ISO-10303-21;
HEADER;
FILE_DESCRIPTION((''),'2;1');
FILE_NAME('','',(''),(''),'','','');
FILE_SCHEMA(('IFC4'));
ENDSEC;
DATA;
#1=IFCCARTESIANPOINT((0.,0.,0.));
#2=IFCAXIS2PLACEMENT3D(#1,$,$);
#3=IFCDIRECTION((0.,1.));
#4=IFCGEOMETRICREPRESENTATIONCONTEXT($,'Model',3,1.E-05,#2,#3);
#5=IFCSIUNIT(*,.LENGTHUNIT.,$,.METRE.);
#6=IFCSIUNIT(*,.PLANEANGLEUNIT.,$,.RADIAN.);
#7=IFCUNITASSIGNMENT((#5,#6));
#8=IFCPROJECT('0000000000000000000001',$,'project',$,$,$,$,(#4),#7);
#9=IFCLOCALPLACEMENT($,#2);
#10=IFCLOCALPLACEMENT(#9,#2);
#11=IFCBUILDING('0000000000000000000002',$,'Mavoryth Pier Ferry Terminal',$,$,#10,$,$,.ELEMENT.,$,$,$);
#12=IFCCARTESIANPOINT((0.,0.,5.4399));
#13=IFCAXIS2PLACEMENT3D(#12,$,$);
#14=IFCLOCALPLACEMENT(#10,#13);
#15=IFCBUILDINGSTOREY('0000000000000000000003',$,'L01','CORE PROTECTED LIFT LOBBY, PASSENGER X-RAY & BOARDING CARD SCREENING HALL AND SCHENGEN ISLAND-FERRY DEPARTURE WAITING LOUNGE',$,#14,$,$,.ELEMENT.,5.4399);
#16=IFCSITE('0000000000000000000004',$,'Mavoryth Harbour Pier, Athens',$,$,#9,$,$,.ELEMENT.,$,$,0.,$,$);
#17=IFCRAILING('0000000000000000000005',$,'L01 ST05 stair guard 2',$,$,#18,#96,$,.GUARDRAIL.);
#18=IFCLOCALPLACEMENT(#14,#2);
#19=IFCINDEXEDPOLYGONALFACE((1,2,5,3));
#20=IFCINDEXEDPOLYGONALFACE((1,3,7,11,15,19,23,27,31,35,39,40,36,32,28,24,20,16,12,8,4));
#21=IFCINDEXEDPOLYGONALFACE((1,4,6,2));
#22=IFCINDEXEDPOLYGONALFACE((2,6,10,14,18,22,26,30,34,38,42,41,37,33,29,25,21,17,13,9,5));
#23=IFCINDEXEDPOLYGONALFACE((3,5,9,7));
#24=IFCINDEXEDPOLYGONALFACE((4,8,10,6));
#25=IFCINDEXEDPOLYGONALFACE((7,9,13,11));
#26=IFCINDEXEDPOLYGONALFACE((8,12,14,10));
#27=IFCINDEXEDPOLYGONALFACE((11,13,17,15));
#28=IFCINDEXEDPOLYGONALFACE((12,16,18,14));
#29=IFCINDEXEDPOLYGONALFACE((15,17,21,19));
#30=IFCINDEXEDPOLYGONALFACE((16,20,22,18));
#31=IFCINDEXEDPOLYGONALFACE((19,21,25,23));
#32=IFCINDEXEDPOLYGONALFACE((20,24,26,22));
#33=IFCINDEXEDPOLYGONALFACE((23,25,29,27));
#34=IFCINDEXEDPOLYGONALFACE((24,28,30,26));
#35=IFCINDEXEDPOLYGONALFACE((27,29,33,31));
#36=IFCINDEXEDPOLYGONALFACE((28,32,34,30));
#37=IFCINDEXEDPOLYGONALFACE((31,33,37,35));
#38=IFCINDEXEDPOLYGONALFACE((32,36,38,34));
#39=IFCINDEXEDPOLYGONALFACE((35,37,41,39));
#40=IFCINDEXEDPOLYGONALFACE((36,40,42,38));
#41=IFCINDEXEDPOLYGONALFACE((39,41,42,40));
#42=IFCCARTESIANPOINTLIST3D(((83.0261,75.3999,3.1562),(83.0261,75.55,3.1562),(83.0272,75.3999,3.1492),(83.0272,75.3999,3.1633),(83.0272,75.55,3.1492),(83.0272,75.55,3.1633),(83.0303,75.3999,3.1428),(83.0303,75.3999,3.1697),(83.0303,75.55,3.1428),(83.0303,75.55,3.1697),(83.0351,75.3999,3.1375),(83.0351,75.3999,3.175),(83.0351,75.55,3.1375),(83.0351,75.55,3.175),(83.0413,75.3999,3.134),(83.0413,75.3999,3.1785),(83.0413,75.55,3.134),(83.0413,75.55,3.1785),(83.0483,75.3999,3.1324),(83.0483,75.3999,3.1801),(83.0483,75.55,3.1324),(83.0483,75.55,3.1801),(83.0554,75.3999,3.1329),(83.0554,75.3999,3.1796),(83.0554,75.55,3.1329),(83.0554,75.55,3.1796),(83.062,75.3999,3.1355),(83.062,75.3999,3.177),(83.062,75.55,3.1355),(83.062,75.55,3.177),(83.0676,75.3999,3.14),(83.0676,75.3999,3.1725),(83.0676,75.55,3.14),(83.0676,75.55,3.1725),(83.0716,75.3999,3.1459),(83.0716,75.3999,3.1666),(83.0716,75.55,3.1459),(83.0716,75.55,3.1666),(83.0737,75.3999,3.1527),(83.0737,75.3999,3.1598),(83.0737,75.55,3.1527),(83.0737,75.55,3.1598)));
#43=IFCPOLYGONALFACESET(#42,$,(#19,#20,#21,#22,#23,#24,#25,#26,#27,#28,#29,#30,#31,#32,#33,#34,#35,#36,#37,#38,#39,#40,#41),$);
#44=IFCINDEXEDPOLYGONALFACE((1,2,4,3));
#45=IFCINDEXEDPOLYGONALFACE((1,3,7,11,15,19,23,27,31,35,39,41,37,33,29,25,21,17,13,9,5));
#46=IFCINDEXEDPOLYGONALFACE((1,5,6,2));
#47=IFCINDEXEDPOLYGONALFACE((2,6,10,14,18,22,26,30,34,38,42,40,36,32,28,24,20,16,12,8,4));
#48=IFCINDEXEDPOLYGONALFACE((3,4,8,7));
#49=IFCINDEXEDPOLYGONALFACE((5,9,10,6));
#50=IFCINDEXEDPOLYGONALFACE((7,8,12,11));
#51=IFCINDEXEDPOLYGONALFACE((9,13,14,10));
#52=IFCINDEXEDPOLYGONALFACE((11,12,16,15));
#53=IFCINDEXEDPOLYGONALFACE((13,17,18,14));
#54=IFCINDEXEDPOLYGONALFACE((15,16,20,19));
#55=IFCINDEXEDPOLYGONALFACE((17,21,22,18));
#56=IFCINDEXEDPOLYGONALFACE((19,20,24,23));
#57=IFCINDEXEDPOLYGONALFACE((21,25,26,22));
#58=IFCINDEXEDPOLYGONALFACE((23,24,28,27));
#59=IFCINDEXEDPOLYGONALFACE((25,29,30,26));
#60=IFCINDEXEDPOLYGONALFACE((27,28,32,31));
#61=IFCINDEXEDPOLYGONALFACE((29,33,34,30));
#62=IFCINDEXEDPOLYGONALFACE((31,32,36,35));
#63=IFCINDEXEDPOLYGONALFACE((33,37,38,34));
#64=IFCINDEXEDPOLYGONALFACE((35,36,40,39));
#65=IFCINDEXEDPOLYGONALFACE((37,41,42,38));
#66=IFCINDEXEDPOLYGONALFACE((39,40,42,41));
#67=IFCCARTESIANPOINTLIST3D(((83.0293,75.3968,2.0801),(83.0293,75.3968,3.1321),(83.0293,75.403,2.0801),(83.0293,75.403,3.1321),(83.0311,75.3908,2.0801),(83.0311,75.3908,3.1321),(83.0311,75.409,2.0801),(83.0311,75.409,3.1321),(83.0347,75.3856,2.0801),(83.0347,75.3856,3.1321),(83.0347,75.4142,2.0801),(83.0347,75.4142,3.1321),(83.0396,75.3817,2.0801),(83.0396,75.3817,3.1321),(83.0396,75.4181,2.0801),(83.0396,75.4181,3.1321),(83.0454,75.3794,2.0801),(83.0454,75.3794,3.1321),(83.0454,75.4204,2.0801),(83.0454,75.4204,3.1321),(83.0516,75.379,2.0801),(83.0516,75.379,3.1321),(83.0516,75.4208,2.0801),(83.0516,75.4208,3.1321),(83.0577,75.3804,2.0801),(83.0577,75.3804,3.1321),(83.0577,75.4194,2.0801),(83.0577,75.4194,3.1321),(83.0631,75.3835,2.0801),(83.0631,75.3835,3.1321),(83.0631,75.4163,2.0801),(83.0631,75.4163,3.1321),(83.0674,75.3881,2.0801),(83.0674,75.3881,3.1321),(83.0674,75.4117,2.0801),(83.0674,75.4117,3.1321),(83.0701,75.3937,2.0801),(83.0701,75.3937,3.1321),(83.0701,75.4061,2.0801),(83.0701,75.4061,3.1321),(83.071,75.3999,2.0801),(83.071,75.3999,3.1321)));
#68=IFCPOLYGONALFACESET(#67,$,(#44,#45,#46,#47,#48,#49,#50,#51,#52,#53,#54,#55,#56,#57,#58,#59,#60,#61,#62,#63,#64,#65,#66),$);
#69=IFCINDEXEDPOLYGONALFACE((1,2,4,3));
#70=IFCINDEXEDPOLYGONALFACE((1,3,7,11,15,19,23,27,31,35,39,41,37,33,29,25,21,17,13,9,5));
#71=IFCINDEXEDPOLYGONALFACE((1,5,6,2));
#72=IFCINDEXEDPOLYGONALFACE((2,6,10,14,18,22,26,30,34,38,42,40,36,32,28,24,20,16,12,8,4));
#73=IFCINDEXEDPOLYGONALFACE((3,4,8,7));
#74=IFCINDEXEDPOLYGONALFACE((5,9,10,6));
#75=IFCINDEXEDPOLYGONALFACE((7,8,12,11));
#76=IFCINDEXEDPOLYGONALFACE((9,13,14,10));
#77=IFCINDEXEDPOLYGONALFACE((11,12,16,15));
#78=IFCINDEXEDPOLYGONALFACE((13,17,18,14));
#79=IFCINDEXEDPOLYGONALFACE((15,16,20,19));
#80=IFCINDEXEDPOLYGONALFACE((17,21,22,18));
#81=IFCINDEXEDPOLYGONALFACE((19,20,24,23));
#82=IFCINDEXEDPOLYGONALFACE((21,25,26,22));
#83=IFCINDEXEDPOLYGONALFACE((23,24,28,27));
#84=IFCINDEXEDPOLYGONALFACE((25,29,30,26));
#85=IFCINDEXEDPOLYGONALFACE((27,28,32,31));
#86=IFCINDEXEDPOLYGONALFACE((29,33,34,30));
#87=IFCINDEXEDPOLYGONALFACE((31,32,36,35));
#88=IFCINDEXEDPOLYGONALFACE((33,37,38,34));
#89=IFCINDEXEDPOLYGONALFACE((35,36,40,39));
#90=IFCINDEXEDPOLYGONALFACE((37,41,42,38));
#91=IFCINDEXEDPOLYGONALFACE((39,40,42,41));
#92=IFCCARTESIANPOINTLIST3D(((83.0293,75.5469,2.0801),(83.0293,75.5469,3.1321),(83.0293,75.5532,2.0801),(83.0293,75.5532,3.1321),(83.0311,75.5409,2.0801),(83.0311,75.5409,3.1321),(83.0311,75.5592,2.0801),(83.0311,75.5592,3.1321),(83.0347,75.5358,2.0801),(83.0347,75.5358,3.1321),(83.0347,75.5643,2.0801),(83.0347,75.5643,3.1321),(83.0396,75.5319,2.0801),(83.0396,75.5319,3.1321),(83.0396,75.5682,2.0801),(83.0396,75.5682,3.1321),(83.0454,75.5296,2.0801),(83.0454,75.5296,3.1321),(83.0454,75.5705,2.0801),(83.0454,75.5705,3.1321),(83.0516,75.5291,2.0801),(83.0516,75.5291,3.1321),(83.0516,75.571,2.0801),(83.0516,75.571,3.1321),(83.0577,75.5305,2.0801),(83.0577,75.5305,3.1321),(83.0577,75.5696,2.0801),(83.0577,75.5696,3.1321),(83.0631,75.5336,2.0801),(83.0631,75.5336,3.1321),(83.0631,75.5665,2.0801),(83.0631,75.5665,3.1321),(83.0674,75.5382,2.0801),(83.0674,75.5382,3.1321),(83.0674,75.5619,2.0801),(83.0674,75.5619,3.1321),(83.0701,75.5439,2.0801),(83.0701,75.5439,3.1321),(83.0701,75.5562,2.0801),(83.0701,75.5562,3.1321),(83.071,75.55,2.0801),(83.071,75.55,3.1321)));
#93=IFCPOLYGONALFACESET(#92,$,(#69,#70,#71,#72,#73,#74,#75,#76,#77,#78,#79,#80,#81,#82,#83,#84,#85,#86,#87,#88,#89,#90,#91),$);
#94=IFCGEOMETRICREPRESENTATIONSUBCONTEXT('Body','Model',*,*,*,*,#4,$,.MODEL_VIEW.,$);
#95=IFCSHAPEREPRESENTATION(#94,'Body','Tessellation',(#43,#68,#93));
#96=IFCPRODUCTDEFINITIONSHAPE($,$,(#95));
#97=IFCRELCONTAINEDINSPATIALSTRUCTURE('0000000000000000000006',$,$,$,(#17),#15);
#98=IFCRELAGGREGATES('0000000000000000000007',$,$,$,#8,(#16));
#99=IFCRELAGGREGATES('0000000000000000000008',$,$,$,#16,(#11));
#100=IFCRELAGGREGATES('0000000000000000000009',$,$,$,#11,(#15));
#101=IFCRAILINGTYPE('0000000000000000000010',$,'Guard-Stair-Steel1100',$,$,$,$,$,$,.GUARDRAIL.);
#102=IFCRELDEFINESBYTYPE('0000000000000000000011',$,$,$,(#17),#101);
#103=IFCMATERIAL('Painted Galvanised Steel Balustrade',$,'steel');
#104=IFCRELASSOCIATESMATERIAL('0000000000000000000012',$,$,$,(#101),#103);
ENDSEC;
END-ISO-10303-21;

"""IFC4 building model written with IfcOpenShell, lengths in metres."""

from ifc_helpers import new_model, si_unit, direction, frame, origin, origin_2d, place, context, subcontext, project, spatial, circle, extrude, material, type_object, element, save


model = new_model("IFC4")

# Units and contexts
model_context = context("Model", 3, precision=1e-05, world=origin(), true_north=direction((0.0, 1.0)))
body_context = subcontext(model_context, "Body", "Model", "MODEL_VIEW")
ifc_project = project(units=[si_unit("LENGTHUNIT", "METRE"), si_unit("PLANEANGLEUNIT", "RADIAN")], contexts=[model_context])

# Site, building, storey
site_placement = place(None, origin())
site = spatial("IfcSite", under=ifc_project, at=site_placement, Name="Mavoryth Harbour Pier, Athens", CompositionType="ELEMENT", RefElevation=0.0)
building_placement = place(site_placement, origin())
building = spatial("IfcBuilding", under=site, at=building_placement, Name="Mavoryth Pier Ferry Terminal", CompositionType="ELEMENT")
storey_placement = place(building_placement, frame((0.0, 0.0, 5.4399)))
storey = spatial("IfcBuildingStorey", under=building, at=storey_placement, Name="L01", Description="CORE PROTECTED LIFT LOBBY, PASSENGER X-RAY & BOARDING CARD SCREENING HALL AND SCHENGEN ISLAND-FERRY DEPARTURE WAITING LOUNGE", CompositionType="ELEMENT", Elevation=5.4399)

# Railing
ifc_material_1 = material(Name="Painted Galvanised Steel Balustrade", Category="steel")
railing_type_1 = type_object("IfcRailingType", Name="Guard-Stair-Steel1100", PredefinedType="GUARDRAIL", material=ifc_material_1)
railing_1_placement = place(storey_placement, frame((83.05, 75.3999, 2.0801)))
element("IfcRailing", 1, at=railing_1_placement, inside=storey, type_object=railing_type_1, Name="L01 ST05 stair guard 2", PredefinedType="GUARDRAIL", context=body_context, shape_type="SweptSolid", body=[
    extrude(circle(Radius=0.0239, at=origin_2d()), frame((0.0, 0.0, 1.0762), z_axis=(0.0, 1.0, 0.0), x_axis=(-1.0, 0.0, 0.0)), (0.0, 0.0, 1.0), 0.1501),
    extrude(circle(Radius=0.021, at=origin_2d()), origin(), (0.0, 0.0, 1.0), 1.052),
    extrude(circle(Radius=0.021, at=origin_2d()), frame((0.0, 0.1501, 0.0)), (0.0, 0.0, 1.0), 1.052),
])

save(model, "model.ifc")
